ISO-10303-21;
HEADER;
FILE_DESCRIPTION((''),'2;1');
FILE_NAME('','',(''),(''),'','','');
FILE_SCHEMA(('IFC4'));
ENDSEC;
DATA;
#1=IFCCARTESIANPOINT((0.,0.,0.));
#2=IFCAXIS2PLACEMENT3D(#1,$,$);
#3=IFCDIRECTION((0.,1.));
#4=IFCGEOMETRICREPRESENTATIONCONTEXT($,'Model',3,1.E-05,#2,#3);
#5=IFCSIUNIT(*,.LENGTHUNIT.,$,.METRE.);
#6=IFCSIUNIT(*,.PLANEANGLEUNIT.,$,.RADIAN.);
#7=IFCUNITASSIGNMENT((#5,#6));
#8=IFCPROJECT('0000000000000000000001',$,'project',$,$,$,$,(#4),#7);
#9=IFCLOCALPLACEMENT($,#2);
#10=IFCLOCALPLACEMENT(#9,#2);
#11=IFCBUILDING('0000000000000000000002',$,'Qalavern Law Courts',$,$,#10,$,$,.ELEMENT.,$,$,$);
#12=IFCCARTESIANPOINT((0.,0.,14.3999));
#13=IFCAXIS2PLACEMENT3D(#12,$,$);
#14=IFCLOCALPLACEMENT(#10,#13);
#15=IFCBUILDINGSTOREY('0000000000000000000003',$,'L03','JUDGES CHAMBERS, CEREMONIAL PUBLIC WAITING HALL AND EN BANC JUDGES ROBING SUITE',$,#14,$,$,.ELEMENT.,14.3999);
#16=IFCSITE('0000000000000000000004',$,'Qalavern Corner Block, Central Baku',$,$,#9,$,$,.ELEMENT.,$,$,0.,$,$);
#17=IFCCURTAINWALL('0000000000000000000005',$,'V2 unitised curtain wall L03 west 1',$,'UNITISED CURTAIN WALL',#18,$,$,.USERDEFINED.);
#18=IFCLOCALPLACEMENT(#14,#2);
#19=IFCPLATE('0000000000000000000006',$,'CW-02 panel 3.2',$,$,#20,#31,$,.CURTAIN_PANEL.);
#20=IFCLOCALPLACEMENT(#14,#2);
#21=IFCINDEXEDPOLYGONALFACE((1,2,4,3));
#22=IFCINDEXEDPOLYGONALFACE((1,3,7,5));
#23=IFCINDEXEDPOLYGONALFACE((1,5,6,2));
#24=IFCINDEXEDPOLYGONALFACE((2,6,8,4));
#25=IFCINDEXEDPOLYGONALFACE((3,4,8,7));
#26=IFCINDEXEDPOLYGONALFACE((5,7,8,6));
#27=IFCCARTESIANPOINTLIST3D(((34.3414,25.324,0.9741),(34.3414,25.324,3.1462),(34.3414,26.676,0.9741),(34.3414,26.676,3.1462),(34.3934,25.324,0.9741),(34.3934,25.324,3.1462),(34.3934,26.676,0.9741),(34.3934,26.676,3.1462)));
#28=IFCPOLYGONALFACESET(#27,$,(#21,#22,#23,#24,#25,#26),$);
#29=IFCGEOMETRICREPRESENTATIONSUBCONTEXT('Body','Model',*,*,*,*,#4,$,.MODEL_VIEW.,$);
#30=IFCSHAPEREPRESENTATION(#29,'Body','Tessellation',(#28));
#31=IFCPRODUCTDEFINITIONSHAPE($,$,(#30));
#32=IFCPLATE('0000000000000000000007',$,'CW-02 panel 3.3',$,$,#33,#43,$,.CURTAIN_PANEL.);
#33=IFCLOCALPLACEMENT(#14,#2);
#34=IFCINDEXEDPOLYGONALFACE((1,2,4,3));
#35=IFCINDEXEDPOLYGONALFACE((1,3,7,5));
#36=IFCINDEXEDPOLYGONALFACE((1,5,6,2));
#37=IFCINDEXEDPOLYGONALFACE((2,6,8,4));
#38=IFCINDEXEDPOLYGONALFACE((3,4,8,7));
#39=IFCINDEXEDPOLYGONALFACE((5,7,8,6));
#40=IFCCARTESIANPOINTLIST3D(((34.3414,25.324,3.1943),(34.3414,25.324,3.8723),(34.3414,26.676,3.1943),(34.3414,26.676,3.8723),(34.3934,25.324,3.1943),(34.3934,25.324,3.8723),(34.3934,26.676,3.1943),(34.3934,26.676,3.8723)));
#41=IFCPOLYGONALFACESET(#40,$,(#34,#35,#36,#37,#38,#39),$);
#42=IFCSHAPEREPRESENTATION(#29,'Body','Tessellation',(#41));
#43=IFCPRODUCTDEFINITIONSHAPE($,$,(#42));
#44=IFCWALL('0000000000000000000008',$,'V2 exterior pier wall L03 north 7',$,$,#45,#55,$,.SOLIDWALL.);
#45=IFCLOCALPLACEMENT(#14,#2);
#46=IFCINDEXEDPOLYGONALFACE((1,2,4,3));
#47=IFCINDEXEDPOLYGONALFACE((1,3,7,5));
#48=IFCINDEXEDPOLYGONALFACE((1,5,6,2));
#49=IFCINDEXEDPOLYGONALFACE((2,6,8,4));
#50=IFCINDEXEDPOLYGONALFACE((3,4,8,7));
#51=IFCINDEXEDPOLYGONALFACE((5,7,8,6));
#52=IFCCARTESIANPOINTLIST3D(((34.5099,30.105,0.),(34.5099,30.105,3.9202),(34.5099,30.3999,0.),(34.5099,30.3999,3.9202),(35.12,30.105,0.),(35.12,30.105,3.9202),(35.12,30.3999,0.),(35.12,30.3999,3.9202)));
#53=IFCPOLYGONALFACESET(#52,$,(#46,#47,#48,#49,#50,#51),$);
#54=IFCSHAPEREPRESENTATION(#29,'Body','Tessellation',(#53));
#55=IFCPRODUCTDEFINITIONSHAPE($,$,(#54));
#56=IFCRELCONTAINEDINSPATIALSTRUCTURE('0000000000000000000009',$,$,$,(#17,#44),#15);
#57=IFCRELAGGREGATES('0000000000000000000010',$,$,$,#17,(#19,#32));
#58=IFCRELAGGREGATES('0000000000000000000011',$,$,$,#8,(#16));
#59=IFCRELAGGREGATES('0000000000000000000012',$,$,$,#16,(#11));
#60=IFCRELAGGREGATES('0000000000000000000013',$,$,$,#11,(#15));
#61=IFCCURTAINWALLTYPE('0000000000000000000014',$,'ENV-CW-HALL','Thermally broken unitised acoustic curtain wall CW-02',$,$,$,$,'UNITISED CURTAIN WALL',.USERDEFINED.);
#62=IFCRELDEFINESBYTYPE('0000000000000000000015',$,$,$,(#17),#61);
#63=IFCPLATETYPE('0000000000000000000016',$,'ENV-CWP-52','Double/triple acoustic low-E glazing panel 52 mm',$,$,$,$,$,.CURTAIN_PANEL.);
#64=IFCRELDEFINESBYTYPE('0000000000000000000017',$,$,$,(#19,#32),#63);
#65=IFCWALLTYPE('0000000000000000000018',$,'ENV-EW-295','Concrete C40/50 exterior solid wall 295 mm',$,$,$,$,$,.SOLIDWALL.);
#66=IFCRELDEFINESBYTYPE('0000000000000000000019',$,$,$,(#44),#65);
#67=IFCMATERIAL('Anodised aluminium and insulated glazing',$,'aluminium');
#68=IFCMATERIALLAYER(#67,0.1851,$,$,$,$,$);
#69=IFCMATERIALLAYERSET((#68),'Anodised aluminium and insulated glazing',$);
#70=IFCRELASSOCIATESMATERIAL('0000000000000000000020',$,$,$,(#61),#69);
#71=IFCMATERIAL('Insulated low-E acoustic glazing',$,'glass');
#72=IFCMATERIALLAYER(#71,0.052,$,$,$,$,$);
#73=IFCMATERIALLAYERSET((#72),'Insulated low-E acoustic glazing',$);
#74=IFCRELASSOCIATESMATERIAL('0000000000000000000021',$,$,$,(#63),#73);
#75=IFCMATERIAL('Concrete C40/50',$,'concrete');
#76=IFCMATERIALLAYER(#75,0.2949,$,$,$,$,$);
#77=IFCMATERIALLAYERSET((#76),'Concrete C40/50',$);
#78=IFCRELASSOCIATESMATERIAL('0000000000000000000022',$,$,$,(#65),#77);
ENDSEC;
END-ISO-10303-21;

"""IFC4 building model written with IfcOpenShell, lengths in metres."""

from ifc_helpers import new_model, si_unit, direction, frame, frame_2d, origin, origin_2d, place, context, subcontext, project, spatial, rectangle, extrude, material, layer, layer_set, type_object, element, aggregate, save


model = new_model("IFC4")

# Units and contexts
model_context = context("Model", 3, precision=1e-05, world=origin(), true_north=direction((0.0, 1.0)))
body_context = subcontext(model_context, "Body", "Model", "MODEL_VIEW")
ifc_project = project(units=[si_unit("LENGTHUNIT", "METRE"), si_unit("PLANEANGLEUNIT", "RADIAN")], contexts=[model_context])

# Site, building, storey
site_placement = place(None, origin())
site = spatial("IfcSite", under=ifc_project, at=site_placement, Name="Qalavern Corner Block, Central Baku", CompositionType="ELEMENT", RefElevation=0.0)
building_placement = place(site_placement, origin())
building = spatial("IfcBuilding", under=site, at=building_placement, Name="Qalavern Law Courts", CompositionType="ELEMENT")
storey_placement = place(building_placement, frame((0.0, 0.0, 14.3999)))
storey = spatial("IfcBuildingStorey", under=building, at=storey_placement, Name="L03", Description="JUDGES CHAMBERS, CEREMONIAL PUBLIC WAITING HALL AND EN BANC JUDGES ROBING SUITE", CompositionType="ELEMENT", Elevation=14.3999)

# Shared definitions
ifc_material_1 = material(Name="Anodised aluminium and insulated glazing", Category="aluminium")
ifc_layer_1 = layer(ifc_material_1, 0.1851)
ifc_layer_set_1 = layer_set([ifc_layer_1], Name="Anodised aluminium and insulated glazing")
curtain_wall_type = type_object("IfcCurtainWallType", Name="ENV-CW-HALL", Description="Thermally broken unitised acoustic curtain wall CW-02", ElementType="UNITISED CURTAIN WALL", PredefinedType="USERDEFINED", material=ifc_layer_set_1)

# Curtain wall
curtain_wall_1_placement = place(storey_placement, origin())
curtain_wall_1 = element("IfcCurtainWall", 1, at=curtain_wall_1_placement, inside=storey, type_object=curtain_wall_type, Name="V2 unitised curtain wall L03 west 1", ObjectType="UNITISED CURTAIN WALL", PredefinedType="USERDEFINED")

# Shared definitions
ifc_material_2 = material(Name="Concrete C40/50", Category="concrete")

# Plates
ifc_material_3 = material(Name="Insulated low-E acoustic glazing", Category="glass")
ifc_layer_2 = layer(ifc_material_3, 0.052)
ifc_layer_set_2 = layer_set([ifc_layer_2], Name="Insulated low-E acoustic glazing")
plate_type_1 = type_object("IfcPlateType", Name="ENV-CWP-52", Description="Double/triple acoustic low-E glazing panel 52 mm", PredefinedType="CURTAIN_PANEL", material=ifc_layer_set_2)
plate_1_placement = place(storey_placement, frame((34.3674, 26.0, 0.9741), z_axis=(0.0, 0.0, 1.0), x_axis=(0.0, -1.0, 0.0)))
plate_1 = element("IfcPlate", 2, at=plate_1_placement, type_object=plate_type_1, Name="CW-02 panel 3.2", PredefinedType="CURTAIN_PANEL", context=body_context, shape_type="SweptSolid", body=[
    extrude(rectangle(XDim=1.3521, YDim=0.052, at=origin_2d()), origin(), (0.0, 0.0, 1.0), 2.1721),
])
plate_2_placement = place(storey_placement, frame((34.3674, 26.0, 3.1943), z_axis=(0.0, 0.0, 1.0), x_axis=(0.0, -1.0, 0.0)))
plate_2 = element("IfcPlate", 3, at=plate_2_placement, type_object=plate_type_1, Name="CW-02 panel 3.3", PredefinedType="CURTAIN_PANEL", context=body_context, shape_type="SweptSolid", body=[
    extrude(rectangle(XDim=1.3521, YDim=0.052, at=origin_2d()), origin(), (0.0, 0.0, 1.0), 0.678),
])
aggregate(curtain_wall_1, [plate_1, plate_2])

# Wall
ifc_layer_3 = layer(ifc_material_2, 0.2949)
ifc_layer_set_3 = layer_set([ifc_layer_3], Name="Concrete C40/50")
wall_type = type_object("IfcWallType", Name="ENV-EW-295", Description="Concrete C40/50 exterior solid wall 295 mm", PredefinedType="SOLIDWALL", material=ifc_layer_set_3)
wall_placement = place(storey_placement, frame((35.1201, 30.2524, 0.0), z_axis=(0.0, 0.0, 1.0), x_axis=(-1.0, 0.0, 0.0)))
element("IfcWall", 4, at=wall_placement, inside=storey, type_object=wall_type, Name="V2 exterior pier wall L03 north 7", PredefinedType="SOLIDWALL", context=body_context, shape_type="SweptSolid", body=[
    extrude(rectangle(XDim=0.6101, YDim=0.2949, at=frame_2d((0.3052, 0.0))), origin(), (0.0, 0.0, 1.0), 3.9202),
])

save(model, "model.ifc")
